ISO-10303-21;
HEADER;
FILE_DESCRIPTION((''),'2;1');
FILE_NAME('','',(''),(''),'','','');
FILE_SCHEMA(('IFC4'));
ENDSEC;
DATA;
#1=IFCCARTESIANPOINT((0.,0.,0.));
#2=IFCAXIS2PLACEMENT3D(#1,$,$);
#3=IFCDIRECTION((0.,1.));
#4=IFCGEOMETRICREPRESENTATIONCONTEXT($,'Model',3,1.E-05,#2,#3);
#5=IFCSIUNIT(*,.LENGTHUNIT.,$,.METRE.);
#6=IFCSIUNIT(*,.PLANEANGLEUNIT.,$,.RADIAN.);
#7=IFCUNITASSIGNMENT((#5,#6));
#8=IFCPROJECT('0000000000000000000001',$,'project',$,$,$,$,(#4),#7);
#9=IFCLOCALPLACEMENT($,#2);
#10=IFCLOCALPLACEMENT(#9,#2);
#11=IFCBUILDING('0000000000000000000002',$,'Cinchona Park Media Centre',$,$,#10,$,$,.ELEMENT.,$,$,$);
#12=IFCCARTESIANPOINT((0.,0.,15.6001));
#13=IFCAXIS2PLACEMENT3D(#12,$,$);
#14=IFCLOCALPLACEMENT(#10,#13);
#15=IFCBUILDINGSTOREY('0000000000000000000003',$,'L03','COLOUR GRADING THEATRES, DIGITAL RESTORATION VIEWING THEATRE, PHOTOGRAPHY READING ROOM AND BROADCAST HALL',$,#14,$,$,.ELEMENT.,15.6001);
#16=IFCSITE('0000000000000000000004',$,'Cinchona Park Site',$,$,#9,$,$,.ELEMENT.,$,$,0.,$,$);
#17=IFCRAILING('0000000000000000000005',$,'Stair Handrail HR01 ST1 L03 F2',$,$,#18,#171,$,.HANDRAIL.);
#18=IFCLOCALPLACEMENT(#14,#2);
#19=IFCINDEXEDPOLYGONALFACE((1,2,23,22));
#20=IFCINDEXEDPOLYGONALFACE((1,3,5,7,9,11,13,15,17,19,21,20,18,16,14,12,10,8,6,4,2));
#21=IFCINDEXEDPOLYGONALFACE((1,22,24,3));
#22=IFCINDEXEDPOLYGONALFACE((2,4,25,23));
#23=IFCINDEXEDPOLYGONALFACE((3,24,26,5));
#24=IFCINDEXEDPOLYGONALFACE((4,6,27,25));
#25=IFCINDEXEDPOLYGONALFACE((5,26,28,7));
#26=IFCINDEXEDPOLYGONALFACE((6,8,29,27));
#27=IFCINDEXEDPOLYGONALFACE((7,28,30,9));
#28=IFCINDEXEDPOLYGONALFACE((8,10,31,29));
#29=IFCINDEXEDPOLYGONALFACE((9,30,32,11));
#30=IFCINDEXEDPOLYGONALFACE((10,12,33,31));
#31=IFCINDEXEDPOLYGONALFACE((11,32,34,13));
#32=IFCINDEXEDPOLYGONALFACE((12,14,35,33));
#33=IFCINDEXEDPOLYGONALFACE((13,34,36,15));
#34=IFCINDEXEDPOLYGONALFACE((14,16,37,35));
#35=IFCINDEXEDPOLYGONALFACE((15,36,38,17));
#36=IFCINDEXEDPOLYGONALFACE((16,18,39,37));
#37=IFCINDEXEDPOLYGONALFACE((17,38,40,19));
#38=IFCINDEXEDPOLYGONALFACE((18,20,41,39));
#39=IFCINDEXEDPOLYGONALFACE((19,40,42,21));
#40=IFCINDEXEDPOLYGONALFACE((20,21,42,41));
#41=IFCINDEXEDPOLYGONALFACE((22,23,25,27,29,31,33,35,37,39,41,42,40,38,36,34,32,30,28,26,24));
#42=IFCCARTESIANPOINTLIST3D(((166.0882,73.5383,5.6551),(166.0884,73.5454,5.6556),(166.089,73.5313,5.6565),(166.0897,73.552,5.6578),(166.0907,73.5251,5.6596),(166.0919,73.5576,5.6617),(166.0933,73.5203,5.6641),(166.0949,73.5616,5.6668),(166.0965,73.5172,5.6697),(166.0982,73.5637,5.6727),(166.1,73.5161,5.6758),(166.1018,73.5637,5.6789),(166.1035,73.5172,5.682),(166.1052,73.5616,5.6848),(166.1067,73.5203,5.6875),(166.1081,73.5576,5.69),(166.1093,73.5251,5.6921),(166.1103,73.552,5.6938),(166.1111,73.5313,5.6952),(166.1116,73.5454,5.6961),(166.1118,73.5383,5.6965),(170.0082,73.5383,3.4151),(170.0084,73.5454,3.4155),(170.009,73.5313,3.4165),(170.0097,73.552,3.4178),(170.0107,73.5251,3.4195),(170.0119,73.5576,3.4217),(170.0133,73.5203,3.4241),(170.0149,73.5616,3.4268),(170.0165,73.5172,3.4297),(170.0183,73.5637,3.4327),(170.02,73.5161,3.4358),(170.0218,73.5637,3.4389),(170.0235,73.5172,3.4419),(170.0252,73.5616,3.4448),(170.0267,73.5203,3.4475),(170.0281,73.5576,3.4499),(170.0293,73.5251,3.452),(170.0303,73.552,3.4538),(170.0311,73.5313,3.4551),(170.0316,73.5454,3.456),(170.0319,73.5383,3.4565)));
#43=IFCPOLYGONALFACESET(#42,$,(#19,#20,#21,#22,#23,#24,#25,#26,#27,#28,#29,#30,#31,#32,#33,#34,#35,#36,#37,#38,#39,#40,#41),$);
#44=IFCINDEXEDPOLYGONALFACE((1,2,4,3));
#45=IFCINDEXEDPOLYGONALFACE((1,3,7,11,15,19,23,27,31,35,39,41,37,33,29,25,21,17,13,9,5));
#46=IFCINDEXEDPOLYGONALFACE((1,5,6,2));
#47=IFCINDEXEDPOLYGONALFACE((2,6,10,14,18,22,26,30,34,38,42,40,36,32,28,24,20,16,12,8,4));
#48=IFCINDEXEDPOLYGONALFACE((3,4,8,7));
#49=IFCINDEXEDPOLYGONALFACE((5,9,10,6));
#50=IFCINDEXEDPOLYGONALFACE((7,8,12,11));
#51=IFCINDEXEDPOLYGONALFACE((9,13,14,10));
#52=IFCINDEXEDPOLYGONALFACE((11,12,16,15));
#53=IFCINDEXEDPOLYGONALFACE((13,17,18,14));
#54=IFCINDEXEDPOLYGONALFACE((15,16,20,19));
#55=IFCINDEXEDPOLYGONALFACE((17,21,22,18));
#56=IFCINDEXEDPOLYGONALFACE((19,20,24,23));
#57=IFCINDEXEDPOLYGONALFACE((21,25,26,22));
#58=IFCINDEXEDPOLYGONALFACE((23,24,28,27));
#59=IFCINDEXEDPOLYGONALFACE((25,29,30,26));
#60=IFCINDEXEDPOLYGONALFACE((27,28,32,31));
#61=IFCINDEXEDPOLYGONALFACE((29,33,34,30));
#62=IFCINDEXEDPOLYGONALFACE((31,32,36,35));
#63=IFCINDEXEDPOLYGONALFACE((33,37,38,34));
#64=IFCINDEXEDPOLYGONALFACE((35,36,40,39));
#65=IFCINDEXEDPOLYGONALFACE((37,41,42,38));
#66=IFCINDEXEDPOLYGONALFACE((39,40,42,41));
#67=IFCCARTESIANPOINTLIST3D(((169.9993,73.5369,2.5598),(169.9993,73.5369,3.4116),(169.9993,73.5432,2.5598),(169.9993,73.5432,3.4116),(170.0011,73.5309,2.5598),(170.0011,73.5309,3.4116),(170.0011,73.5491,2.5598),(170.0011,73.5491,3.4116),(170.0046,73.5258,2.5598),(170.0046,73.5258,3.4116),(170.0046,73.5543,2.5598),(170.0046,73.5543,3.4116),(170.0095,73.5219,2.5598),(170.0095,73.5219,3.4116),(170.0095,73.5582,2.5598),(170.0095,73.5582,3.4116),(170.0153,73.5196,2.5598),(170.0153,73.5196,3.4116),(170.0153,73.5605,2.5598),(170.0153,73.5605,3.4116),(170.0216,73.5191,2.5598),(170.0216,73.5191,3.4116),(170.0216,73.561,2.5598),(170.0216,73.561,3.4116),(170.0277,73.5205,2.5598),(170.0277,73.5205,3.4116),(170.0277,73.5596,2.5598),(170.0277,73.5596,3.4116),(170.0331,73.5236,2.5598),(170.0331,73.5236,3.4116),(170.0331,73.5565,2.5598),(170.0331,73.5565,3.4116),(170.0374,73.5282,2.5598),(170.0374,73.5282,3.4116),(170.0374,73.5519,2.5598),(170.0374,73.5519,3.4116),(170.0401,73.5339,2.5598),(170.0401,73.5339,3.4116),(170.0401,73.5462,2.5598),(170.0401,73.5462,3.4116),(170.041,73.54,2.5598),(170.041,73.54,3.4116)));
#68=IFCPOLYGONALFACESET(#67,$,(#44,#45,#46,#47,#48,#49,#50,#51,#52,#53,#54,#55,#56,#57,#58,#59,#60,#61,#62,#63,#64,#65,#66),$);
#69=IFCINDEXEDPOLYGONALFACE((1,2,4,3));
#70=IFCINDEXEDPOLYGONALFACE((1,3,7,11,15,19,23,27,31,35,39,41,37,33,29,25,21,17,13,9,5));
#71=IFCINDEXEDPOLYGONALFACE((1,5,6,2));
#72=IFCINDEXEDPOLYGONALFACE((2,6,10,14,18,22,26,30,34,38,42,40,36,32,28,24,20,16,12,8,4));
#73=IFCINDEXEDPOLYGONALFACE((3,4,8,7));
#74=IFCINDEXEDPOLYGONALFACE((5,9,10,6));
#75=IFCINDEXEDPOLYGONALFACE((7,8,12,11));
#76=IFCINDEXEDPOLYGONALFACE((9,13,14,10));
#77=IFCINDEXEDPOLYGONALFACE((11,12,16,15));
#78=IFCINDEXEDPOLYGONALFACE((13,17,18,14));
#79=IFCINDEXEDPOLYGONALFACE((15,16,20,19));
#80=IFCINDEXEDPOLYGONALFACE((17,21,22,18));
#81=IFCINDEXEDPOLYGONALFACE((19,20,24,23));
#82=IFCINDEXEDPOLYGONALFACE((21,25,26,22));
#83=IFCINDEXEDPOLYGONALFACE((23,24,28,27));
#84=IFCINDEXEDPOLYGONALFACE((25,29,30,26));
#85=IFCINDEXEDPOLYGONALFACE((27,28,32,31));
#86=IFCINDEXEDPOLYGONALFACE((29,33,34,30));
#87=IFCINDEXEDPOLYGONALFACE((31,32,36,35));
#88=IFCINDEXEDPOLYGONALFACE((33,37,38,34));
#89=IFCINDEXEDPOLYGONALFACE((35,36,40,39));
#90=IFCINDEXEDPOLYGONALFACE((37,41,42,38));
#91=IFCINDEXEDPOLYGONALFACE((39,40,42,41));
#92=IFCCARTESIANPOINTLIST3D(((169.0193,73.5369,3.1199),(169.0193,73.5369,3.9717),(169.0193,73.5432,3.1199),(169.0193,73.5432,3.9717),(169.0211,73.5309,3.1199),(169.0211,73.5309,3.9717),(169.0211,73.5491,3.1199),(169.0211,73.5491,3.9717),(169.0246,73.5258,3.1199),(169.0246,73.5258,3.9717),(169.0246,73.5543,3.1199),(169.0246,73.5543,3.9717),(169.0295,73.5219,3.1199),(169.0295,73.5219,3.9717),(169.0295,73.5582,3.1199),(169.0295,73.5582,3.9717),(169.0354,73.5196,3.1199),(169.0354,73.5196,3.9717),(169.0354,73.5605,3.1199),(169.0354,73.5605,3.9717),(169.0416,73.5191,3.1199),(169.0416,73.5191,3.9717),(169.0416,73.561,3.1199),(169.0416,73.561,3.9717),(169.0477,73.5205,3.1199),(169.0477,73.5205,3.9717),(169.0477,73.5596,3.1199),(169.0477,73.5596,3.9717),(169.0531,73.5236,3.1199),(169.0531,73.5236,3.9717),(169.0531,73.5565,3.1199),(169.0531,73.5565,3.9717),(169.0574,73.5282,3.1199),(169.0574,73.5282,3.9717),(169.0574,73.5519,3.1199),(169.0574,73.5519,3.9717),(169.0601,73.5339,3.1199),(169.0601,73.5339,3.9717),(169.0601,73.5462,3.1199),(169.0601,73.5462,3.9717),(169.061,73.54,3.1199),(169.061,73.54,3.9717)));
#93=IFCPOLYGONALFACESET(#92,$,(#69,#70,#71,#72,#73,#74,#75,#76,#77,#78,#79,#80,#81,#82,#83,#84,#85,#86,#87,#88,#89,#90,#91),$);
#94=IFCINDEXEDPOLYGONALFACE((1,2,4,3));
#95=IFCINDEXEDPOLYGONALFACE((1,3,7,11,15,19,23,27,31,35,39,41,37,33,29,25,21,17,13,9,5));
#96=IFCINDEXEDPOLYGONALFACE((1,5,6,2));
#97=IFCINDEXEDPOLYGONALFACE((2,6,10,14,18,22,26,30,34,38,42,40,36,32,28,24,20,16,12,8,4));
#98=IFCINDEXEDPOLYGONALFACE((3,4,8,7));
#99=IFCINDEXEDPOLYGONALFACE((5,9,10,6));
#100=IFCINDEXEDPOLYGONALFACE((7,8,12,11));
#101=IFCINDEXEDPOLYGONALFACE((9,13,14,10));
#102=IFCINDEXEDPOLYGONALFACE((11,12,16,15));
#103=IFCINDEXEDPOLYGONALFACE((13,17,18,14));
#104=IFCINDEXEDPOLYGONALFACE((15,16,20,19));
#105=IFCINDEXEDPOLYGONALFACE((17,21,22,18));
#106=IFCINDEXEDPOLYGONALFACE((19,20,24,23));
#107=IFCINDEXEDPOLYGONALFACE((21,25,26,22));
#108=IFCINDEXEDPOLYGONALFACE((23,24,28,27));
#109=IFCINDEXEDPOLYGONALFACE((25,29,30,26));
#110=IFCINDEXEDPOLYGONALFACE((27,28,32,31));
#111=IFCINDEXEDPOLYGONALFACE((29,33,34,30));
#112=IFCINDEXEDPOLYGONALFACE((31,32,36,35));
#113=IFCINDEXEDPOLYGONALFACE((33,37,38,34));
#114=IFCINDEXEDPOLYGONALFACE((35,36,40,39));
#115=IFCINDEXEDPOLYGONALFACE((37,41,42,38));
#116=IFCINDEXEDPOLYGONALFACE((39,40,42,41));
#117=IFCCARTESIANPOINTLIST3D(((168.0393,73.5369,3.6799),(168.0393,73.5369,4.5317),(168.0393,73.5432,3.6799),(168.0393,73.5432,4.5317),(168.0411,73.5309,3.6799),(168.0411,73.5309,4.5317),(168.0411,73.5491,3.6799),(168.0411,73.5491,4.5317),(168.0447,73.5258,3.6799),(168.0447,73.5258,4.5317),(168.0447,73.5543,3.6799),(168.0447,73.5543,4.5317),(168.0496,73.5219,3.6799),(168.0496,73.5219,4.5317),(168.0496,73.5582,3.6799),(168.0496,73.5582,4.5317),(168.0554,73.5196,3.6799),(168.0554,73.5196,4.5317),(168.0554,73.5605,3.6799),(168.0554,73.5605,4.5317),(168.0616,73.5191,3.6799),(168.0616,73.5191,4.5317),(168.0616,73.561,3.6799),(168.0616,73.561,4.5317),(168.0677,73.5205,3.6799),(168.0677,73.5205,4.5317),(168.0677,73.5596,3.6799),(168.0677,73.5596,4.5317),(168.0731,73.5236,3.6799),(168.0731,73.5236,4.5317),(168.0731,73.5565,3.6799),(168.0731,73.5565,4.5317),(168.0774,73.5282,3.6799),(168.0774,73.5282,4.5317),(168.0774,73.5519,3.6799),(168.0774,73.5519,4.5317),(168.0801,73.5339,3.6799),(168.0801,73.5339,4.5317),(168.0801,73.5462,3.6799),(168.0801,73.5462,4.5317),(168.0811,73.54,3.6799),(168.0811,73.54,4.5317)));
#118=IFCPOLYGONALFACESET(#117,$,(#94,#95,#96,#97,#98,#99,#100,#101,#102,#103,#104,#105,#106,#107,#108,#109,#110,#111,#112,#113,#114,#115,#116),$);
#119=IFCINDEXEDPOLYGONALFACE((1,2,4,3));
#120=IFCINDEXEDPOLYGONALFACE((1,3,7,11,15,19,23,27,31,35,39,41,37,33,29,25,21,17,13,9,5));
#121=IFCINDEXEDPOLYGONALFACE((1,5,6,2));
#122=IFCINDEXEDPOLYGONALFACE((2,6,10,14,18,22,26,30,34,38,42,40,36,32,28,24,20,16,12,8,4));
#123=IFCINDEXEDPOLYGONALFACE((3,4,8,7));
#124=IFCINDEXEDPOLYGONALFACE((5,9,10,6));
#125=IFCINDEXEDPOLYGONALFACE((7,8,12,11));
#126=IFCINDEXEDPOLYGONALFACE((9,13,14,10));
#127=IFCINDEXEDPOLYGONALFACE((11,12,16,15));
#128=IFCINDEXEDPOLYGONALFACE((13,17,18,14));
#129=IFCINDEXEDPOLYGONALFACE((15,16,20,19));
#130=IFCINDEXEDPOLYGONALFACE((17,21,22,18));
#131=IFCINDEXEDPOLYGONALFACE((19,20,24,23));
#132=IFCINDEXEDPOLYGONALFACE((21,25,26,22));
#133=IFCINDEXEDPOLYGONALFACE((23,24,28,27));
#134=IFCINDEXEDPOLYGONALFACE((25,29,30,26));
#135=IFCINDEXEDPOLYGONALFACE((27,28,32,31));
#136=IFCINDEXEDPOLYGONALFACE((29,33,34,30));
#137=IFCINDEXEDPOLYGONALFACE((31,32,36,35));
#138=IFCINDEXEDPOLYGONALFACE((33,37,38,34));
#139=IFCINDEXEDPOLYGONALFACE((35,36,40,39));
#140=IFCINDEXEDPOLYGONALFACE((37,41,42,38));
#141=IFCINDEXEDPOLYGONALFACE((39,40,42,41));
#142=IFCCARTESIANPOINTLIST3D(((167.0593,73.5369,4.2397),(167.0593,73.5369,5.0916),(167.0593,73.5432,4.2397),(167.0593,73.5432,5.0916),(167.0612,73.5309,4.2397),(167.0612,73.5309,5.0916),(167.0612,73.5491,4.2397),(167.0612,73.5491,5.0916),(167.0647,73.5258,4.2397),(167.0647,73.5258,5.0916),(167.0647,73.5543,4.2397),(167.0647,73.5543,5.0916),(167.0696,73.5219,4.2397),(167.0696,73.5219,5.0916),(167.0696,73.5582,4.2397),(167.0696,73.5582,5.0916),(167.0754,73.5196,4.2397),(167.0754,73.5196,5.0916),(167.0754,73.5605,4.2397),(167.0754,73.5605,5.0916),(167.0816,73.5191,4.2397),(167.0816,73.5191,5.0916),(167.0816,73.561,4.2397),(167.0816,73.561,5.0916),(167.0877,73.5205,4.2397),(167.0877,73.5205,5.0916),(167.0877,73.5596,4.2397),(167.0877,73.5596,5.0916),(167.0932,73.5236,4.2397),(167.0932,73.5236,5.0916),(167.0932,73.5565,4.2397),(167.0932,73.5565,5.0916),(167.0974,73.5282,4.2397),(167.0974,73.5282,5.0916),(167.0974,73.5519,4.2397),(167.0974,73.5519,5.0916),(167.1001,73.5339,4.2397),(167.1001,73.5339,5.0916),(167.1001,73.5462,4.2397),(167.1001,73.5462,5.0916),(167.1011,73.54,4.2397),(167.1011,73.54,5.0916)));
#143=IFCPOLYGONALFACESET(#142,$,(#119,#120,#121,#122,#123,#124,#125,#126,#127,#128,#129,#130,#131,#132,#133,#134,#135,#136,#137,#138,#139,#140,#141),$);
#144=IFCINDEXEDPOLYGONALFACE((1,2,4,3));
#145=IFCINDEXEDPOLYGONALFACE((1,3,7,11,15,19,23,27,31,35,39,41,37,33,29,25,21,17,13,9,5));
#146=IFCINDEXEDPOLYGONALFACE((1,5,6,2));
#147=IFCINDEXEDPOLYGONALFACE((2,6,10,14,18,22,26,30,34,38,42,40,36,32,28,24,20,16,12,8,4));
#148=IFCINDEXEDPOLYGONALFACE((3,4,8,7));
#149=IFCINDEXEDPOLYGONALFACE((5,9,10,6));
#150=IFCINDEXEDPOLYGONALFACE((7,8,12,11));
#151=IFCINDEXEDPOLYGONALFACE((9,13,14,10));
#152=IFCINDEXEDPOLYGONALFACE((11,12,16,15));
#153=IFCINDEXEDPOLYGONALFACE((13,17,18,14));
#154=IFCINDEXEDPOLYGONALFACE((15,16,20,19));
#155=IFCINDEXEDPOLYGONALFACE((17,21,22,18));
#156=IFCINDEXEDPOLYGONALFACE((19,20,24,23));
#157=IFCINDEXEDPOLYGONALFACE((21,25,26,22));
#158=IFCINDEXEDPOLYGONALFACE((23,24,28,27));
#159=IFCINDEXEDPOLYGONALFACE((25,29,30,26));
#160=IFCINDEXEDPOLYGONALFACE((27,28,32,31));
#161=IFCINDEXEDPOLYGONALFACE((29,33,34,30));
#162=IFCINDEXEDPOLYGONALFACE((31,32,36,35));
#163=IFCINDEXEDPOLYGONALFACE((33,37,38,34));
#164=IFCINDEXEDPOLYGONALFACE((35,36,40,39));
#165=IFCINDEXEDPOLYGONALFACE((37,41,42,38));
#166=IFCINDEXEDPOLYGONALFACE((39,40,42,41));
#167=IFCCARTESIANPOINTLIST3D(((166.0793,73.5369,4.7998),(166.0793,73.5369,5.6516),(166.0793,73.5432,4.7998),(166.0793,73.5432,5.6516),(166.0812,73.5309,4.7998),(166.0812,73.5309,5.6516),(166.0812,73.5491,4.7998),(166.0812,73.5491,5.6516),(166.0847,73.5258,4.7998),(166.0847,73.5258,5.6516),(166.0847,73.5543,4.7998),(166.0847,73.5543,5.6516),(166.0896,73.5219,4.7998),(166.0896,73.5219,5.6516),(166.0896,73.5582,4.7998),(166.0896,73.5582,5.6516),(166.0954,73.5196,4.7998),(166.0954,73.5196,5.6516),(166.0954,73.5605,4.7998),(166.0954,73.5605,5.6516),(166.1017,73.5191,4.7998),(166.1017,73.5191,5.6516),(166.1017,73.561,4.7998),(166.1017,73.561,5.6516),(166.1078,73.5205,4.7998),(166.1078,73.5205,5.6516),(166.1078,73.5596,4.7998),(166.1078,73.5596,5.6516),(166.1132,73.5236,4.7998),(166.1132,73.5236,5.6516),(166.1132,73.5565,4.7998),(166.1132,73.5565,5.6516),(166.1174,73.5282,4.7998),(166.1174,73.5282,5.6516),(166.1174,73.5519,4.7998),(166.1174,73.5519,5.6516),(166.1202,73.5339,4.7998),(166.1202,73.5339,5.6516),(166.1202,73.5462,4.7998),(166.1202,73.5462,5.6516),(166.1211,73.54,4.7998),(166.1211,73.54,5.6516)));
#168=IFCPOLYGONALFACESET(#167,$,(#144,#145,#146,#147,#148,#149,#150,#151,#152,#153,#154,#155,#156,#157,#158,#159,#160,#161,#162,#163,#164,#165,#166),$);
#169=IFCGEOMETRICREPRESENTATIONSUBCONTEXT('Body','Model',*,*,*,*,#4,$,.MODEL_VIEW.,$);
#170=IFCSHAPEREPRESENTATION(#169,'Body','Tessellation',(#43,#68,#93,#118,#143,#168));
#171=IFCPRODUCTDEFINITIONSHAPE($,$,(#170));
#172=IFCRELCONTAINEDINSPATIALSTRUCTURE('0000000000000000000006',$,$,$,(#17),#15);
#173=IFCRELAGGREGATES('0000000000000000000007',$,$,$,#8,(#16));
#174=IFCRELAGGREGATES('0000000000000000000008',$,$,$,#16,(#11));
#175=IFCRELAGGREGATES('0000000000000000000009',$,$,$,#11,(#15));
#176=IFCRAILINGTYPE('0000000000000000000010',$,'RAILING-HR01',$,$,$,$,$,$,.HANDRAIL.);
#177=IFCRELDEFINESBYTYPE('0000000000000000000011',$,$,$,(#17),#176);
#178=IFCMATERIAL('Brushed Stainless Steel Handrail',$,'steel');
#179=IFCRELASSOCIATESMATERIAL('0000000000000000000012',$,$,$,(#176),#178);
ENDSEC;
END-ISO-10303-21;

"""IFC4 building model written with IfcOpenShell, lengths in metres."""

from ifc_helpers import new_model, si_unit, direction, frame, origin, origin_2d, place, context, subcontext, project, spatial, circle, extrude, material, type_object, element, save


model = new_model("IFC4")

# Units and contexts
model_context = context("Model", 3, precision=1e-05, world=origin(), true_north=direction((0.0, 1.0)))
body_context = subcontext(model_context, "Body", "Model", "MODEL_VIEW")
ifc_project = project(units=[si_unit("LENGTHUNIT", "METRE"), si_unit("PLANEANGLEUNIT", "RADIAN")], contexts=[model_context])

# Site, building, storey
site_placement = place(None, origin())
site = spatial("IfcSite", under=ifc_project, at=site_placement, Name="Cinchona Park Site", CompositionType="ELEMENT", RefElevation=0.0)
building_placement = place(site_placement, origin())
building = spatial("IfcBuilding", under=site, at=building_placement, Name="Cinchona Park Media Centre", CompositionType="ELEMENT")
storey_placement = place(building_placement, frame((0.0, 0.0, 15.6001)))
storey = spatial("IfcBuildingStorey", under=building, at=storey_placement, Name="L03", Description="COLOUR GRADING THEATRES, DIGITAL RESTORATION VIEWING THEATRE, PHOTOGRAPHY READING ROOM AND BROADCAST HALL", CompositionType="ELEMENT", Elevation=15.6001)

# Railing
ifc_material_1 = material(Name="Brushed Stainless Steel Handrail", Category="steel")
railing_type_1 = type_object("IfcRailingType", Name="RAILING-HR01", PredefinedType="HANDRAIL", material=ifc_material_1)
railing_1_placement = place(storey_placement, frame((170.02, 73.54, 2.5598)))
element("IfcRailing", 1, at=railing_1_placement, inside=storey, type_object=railing_type_1, Name="Stair Handrail HR01 ST1 L03 F2", PredefinedType="HANDRAIL", context=body_context, shape_type="SweptSolid", body=[
    extrude(circle(Radius=0.0239, at=origin_2d()), frame((0.0, 0.0, 0.876), z_axis=(-0.86824, 0.0, 0.496145), x_axis=(0.0, -1.0, 0.0)), (0.0, 0.0, 1.0), 4.5149),
    extrude(circle(Radius=0.021, at=origin_2d()), origin(), (0.0, 0.0, 1.0), 0.8518),
    extrude(circle(Radius=0.021, at=origin_2d()), frame((-0.98, 0.0, 0.5601)), (0.0, 0.0, 1.0), 0.8518),
    extrude(circle(Radius=0.021, at=origin_2d()), frame((-1.96, 0.0, 1.1201)), (0.0, 0.0, 1.0), 0.8518),
    extrude(circle(Radius=0.021, at=origin_2d()), frame((-2.9399, 0.0, 1.6799)), (0.0, 0.0, 1.0), 0.8518),
    extrude(circle(Radius=0.021, at=origin_2d()), frame((-3.9199, 0.0, 2.24)), (0.0, 0.0, 1.0), 0.8518),
])

save(model, "model.ifc")
